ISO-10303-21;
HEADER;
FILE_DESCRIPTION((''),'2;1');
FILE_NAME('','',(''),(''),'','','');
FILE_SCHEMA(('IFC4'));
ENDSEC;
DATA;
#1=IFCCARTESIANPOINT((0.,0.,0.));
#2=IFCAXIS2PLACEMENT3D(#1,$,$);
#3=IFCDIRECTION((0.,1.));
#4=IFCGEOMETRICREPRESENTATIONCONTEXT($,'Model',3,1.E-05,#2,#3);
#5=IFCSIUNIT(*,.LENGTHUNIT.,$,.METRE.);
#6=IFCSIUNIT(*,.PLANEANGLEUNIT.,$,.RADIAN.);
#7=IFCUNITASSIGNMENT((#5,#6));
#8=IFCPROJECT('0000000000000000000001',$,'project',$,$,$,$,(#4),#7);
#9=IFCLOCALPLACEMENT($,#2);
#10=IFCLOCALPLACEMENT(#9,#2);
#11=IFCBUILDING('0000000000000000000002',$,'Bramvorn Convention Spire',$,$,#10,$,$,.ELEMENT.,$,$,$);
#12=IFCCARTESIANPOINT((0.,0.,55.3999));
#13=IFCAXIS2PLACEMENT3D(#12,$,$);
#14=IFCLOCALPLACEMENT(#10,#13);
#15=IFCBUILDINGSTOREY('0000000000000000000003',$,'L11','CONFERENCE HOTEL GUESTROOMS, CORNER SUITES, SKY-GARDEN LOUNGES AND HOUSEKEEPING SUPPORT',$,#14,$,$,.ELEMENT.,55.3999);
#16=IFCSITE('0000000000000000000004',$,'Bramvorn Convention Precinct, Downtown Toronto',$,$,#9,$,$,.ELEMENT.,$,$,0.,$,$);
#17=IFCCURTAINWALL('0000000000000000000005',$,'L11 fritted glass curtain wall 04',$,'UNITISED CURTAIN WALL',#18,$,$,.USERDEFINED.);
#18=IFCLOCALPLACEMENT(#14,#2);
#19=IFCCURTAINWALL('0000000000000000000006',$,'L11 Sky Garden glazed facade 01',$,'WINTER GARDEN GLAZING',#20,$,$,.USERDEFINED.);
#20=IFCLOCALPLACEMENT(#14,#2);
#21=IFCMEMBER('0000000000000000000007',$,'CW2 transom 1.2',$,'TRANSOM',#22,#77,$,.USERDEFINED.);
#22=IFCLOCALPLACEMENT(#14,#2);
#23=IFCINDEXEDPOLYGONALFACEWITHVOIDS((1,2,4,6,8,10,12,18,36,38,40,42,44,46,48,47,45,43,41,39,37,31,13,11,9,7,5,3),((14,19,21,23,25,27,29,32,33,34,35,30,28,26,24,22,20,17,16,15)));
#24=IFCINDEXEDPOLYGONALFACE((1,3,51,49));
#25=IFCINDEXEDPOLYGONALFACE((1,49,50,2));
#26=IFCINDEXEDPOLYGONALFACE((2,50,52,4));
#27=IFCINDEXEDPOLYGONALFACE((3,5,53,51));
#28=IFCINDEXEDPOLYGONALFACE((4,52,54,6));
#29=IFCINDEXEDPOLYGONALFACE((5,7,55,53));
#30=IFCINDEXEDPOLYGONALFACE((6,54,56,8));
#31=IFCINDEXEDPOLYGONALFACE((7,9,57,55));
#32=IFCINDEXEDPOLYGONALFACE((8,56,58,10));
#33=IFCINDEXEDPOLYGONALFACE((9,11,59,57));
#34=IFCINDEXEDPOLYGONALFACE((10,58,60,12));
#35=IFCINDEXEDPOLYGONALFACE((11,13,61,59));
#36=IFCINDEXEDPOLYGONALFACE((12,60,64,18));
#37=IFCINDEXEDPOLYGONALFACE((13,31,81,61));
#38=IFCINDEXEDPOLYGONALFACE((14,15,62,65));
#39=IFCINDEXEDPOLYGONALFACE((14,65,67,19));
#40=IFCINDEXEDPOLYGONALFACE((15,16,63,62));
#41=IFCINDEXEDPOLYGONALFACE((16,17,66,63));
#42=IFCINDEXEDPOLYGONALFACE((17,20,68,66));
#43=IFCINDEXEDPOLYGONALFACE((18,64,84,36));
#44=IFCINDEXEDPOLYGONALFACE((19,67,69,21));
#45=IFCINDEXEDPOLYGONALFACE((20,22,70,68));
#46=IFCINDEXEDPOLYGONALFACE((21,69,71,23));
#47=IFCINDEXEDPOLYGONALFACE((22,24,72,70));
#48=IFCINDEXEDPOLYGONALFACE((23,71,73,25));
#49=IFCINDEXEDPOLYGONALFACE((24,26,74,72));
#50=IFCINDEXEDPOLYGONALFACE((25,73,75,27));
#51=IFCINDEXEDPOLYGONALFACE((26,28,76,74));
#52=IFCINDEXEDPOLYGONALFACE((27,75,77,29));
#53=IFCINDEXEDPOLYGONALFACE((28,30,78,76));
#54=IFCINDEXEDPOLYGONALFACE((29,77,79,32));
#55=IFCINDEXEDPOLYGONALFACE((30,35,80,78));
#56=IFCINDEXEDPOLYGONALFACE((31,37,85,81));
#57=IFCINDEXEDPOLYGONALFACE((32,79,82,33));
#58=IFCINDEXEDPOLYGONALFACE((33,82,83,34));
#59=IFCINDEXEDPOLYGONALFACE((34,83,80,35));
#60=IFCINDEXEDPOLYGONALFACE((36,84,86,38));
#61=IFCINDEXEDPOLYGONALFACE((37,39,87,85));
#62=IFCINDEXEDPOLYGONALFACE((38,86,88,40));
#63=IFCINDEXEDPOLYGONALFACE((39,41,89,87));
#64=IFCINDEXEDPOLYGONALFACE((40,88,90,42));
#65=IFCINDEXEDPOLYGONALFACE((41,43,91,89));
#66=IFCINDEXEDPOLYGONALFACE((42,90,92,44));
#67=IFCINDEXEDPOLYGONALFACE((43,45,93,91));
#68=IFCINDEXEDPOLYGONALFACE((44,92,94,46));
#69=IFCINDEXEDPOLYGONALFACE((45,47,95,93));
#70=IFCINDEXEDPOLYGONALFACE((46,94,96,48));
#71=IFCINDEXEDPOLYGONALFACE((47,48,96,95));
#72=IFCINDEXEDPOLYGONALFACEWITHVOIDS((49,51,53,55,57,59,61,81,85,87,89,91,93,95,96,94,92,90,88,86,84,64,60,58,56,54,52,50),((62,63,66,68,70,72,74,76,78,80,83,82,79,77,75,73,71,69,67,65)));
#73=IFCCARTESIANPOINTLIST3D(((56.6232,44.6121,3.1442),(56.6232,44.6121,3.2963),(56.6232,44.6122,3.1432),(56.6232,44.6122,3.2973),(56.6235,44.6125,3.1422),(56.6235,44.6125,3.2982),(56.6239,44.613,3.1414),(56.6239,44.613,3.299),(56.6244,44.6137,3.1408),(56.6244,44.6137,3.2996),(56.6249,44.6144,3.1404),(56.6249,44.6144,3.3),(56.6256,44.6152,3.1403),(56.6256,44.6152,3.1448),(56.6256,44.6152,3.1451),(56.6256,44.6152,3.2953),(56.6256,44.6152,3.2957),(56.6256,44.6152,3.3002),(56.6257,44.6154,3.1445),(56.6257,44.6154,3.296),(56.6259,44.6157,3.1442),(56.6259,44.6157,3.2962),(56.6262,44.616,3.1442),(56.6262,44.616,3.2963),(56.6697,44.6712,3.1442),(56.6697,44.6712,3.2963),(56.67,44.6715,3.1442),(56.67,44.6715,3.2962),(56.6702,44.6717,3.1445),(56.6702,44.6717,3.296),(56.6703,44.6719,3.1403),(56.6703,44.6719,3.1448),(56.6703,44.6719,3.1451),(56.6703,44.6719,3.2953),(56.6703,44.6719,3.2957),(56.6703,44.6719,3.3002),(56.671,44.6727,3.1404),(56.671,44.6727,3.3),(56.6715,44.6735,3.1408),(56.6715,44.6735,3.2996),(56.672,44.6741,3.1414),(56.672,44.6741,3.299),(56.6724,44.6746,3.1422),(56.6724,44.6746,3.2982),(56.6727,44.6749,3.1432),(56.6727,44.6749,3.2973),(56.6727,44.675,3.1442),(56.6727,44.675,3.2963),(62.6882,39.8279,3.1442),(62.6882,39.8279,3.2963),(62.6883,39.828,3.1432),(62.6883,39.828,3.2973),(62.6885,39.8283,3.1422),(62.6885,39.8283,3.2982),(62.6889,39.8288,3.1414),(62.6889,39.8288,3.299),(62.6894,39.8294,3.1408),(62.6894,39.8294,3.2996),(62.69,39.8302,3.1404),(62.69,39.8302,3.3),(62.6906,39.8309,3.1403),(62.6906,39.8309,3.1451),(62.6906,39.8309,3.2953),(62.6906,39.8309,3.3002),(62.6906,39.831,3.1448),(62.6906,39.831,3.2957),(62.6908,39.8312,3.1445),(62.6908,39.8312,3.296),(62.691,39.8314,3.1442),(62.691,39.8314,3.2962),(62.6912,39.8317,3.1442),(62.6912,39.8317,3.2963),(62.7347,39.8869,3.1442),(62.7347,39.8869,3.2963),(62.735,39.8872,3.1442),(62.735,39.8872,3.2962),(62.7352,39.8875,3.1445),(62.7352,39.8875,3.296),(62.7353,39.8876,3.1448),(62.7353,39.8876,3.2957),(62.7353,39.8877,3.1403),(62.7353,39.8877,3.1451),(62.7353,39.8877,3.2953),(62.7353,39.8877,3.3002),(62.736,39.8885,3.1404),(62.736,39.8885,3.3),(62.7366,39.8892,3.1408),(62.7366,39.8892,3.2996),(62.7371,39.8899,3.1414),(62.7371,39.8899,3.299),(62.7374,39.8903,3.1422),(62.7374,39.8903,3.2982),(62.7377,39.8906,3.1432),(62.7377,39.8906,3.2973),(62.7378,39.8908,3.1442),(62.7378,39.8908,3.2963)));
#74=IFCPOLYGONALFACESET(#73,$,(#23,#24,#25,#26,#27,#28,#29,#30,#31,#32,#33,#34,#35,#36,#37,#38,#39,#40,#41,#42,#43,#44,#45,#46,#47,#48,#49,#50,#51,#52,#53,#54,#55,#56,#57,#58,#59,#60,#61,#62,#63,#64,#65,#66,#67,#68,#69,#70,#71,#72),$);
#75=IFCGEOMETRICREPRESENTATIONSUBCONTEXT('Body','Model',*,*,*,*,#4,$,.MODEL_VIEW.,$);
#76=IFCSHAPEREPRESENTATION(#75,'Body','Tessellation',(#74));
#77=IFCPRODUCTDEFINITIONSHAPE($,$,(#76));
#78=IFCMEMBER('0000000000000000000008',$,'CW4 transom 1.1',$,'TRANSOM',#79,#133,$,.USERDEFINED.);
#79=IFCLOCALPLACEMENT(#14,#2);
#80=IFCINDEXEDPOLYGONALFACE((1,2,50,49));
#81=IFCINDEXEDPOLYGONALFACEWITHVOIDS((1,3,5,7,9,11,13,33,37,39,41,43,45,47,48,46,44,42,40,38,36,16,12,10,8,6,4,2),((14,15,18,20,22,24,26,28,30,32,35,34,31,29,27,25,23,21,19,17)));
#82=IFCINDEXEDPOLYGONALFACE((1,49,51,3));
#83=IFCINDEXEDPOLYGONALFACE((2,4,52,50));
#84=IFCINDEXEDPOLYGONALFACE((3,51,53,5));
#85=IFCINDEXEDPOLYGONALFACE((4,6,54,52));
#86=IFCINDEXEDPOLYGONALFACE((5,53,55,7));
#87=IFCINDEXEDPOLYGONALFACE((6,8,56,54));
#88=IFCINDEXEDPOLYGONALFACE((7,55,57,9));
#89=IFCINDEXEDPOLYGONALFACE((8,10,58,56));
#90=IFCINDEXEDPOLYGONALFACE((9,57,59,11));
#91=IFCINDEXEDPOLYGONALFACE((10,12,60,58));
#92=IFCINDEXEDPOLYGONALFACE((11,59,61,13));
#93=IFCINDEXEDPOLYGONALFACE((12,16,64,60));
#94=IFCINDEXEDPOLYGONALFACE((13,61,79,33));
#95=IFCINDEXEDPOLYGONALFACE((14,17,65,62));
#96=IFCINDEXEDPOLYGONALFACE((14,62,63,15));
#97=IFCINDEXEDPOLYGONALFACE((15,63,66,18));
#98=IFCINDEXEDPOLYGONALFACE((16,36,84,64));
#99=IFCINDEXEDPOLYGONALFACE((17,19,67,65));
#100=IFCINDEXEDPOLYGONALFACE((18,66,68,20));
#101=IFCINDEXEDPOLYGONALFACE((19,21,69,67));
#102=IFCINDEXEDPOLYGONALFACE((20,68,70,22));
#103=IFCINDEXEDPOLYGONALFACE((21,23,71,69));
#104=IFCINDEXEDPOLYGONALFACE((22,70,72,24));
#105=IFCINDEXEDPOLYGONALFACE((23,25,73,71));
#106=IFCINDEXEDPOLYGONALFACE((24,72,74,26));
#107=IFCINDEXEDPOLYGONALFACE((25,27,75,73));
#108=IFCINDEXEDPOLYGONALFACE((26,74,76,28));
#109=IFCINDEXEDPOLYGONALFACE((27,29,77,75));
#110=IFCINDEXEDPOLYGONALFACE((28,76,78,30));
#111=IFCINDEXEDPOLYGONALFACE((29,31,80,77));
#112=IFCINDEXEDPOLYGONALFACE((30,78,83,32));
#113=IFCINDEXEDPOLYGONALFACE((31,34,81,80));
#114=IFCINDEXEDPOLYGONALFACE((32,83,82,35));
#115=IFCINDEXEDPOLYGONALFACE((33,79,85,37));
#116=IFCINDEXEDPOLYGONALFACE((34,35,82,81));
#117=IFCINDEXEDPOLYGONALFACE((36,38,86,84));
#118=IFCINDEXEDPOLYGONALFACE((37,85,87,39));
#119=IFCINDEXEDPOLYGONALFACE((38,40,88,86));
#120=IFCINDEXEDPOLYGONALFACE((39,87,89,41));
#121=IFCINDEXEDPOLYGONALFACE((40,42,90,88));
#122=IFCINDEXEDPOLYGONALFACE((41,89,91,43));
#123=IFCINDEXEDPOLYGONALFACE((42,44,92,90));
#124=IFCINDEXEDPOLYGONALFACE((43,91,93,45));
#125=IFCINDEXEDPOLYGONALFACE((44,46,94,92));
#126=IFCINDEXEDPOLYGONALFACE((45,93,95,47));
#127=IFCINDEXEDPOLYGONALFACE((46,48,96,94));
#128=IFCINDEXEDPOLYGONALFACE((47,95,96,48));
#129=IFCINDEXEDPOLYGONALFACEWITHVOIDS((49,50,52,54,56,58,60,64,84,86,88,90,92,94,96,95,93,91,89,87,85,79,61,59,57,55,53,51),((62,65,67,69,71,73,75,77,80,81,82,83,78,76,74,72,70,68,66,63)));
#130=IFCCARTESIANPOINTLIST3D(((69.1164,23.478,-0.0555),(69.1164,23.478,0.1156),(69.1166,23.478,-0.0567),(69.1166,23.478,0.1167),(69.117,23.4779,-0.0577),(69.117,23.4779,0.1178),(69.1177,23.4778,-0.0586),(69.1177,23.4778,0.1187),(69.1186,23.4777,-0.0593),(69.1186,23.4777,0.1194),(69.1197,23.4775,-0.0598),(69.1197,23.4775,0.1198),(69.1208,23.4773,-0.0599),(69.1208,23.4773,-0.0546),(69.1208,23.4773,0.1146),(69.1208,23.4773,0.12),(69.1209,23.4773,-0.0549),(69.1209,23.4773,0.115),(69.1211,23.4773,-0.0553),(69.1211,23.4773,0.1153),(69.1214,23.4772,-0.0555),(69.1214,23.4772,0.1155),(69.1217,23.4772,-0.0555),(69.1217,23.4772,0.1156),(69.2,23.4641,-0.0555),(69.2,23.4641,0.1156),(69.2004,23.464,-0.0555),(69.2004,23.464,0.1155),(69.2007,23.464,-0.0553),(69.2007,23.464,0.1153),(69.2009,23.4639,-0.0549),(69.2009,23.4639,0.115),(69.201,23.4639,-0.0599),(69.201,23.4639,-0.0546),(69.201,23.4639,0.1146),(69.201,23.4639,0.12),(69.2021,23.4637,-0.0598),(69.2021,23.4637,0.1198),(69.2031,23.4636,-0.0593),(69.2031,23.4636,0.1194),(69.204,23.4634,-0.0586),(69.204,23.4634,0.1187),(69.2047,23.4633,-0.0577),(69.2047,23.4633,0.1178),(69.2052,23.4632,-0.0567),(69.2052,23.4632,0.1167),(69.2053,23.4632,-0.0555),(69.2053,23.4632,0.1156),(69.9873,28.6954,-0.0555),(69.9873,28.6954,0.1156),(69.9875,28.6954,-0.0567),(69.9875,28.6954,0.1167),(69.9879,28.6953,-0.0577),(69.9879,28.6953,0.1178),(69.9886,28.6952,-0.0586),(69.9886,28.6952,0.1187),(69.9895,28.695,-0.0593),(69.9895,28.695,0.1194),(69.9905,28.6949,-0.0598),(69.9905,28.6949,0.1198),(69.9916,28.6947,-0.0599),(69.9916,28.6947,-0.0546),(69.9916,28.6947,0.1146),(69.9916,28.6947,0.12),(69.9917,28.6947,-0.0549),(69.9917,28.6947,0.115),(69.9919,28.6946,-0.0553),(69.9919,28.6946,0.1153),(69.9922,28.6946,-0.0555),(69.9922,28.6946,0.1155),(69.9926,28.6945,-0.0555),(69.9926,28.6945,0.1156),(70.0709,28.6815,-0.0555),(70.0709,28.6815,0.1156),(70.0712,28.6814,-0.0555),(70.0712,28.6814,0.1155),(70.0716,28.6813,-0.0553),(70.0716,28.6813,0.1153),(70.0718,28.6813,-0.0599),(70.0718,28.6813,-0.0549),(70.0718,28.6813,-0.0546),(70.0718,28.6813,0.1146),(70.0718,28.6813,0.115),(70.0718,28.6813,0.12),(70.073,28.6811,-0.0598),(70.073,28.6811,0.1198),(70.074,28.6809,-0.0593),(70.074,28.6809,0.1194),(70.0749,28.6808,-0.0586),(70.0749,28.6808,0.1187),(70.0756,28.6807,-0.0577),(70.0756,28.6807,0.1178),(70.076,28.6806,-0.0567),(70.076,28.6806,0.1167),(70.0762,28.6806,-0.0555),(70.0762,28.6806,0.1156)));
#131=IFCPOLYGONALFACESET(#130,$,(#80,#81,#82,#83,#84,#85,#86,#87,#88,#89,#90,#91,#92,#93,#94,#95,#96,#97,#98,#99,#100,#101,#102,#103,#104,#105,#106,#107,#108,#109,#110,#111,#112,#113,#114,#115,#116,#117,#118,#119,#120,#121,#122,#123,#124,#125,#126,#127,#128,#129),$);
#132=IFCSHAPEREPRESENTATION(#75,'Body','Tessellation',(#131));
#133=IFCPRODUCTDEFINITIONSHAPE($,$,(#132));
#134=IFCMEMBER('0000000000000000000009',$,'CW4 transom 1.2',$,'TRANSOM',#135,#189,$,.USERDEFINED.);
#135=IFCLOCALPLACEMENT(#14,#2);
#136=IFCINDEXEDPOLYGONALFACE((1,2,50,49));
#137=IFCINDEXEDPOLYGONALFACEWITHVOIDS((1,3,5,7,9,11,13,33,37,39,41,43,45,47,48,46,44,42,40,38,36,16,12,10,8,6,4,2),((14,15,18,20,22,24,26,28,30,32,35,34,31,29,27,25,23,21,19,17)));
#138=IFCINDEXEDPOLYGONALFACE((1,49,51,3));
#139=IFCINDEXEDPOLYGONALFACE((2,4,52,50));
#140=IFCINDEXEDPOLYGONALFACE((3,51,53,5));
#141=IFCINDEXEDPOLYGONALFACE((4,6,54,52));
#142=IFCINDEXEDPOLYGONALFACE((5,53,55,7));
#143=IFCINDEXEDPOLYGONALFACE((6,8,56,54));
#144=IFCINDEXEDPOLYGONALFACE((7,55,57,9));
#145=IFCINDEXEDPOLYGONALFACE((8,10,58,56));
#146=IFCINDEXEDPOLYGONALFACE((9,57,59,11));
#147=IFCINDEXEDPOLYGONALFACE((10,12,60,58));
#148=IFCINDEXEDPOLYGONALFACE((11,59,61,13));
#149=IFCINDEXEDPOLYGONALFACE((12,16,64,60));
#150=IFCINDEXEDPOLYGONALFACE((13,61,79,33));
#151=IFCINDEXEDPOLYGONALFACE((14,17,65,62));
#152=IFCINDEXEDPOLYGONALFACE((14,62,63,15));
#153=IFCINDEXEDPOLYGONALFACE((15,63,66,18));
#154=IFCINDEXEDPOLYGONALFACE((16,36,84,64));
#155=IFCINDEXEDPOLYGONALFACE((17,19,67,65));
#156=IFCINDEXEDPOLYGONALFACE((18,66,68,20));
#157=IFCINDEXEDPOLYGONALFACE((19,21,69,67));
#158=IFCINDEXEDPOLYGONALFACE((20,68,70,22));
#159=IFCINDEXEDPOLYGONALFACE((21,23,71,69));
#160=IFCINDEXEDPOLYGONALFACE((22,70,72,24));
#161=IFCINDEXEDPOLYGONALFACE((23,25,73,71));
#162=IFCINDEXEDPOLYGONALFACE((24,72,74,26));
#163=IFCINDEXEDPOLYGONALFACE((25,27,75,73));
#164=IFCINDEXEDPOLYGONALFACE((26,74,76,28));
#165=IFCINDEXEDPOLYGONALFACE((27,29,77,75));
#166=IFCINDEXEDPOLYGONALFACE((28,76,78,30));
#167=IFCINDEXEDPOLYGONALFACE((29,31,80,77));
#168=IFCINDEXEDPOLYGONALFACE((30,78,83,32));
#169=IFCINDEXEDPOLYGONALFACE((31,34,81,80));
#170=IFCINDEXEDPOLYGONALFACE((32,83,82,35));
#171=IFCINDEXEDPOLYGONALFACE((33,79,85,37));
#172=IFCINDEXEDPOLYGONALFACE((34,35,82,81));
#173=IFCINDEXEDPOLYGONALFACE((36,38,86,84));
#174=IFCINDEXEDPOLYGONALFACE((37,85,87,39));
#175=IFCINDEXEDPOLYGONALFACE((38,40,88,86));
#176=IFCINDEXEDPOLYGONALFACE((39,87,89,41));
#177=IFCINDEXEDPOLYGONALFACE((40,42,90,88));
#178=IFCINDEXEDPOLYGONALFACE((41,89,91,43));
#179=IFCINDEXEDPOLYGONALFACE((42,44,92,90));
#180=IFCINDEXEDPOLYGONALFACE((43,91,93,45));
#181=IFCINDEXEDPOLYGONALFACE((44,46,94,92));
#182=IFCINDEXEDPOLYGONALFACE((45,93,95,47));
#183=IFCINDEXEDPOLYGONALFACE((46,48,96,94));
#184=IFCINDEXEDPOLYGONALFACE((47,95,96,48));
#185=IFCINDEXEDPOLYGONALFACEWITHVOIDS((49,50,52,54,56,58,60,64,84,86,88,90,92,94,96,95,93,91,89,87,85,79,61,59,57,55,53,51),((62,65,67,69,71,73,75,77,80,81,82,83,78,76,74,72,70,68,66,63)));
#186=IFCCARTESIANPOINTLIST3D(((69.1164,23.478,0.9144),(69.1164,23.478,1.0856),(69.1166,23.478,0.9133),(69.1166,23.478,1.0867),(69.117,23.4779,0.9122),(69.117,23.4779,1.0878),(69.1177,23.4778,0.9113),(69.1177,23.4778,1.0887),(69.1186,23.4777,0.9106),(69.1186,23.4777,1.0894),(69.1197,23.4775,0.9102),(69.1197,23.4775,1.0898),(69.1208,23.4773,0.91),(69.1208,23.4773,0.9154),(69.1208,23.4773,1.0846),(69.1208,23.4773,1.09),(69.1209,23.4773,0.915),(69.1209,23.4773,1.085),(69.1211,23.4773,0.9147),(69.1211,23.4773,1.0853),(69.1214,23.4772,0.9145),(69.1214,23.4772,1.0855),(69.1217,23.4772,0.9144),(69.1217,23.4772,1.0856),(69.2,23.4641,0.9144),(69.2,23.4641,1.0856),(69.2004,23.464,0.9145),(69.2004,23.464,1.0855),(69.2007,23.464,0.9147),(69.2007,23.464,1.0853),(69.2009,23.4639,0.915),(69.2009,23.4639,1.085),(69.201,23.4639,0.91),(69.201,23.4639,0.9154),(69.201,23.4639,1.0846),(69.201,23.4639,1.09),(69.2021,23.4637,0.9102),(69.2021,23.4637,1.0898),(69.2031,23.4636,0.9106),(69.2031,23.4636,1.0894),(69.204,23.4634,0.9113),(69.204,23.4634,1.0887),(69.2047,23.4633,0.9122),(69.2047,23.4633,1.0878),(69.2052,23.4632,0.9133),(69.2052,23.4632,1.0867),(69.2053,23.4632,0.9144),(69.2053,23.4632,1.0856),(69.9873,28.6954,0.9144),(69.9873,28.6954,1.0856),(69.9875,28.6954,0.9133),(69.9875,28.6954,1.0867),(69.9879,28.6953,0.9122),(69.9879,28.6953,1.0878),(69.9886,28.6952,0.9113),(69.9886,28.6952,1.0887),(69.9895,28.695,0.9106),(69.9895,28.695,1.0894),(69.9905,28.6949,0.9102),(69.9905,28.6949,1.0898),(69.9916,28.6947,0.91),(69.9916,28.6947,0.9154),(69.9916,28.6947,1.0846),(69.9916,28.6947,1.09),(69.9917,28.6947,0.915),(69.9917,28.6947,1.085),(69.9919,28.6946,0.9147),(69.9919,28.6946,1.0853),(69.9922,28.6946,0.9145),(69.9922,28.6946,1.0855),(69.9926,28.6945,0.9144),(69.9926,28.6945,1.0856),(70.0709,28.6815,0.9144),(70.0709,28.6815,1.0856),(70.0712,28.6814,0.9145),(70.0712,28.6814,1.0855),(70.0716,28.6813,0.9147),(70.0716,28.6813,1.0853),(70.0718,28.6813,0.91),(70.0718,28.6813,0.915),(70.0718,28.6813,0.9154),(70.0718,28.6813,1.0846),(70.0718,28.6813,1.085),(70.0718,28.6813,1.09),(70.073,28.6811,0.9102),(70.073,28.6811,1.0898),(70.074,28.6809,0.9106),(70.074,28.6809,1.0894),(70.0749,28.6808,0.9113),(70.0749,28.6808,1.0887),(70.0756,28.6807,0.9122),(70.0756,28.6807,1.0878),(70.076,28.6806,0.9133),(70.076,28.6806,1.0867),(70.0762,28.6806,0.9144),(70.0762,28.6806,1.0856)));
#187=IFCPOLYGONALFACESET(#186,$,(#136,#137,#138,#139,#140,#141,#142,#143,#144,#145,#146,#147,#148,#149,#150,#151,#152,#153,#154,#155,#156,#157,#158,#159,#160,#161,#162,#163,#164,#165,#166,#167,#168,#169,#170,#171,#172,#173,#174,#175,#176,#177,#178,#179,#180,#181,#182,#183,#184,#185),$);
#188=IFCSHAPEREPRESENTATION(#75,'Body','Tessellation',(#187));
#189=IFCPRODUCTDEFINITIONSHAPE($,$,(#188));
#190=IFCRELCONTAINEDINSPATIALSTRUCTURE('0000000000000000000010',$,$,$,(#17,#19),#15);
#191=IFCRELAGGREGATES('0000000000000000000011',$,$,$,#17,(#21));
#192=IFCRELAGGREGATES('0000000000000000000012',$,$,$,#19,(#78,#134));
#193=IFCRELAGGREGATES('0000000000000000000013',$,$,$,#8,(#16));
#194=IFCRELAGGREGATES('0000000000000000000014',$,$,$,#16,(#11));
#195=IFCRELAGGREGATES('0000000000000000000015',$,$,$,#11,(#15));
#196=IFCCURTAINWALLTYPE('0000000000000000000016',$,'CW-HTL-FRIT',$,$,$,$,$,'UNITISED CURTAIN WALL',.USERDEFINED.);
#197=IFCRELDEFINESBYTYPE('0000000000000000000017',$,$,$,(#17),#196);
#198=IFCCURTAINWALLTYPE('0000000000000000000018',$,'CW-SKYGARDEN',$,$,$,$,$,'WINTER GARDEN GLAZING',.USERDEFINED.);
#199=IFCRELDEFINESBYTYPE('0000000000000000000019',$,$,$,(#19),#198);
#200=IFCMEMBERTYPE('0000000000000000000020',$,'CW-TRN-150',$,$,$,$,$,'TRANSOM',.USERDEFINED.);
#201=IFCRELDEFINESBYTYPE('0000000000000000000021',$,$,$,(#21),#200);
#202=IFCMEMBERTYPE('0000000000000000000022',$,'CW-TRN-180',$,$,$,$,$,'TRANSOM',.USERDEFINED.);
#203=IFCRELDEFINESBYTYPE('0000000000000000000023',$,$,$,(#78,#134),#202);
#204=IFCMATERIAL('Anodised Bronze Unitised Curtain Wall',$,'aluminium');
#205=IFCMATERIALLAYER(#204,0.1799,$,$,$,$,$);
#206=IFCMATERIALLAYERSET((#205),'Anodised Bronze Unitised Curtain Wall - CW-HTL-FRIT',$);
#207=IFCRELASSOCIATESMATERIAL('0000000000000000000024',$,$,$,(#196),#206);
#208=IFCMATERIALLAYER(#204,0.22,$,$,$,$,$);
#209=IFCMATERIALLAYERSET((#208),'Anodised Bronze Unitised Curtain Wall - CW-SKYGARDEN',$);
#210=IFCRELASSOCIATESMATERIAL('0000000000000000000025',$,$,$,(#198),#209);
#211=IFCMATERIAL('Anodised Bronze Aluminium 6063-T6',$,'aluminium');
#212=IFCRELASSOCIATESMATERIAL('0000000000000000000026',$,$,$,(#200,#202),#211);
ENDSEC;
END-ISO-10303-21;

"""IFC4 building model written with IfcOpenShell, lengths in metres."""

from ifc_helpers import new_model, si_unit, direction, frame, origin, origin_2d, place, context, subcontext, project, spatial, hollow_rectangle, extrude, material, layer, layer_set, material_profile, profile_set, type_object, element, aggregate, save


model = new_model("IFC4")

# Units and contexts
model_context = context("Model", 3, precision=1e-05, world=origin(), true_north=direction((0.0, 1.0)))
body_context = subcontext(model_context, "Body", "Model", "MODEL_VIEW")
ifc_project = project(units=[si_unit("LENGTHUNIT", "METRE"), si_unit("PLANEANGLEUNIT", "RADIAN")], contexts=[model_context])

# Site, building, storey
site_placement = place(None, origin())
site = spatial("IfcSite", under=ifc_project, at=site_placement, Name="Bramvorn Convention Precinct, Downtown Toronto", CompositionType="ELEMENT", RefElevation=0.0)
building_placement = place(site_placement, origin())
building = spatial("IfcBuilding", under=site, at=building_placement, Name="Bramvorn Convention Spire", CompositionType="ELEMENT")
storey_placement = place(building_placement, frame((0.0, 0.0, 55.3999)))
storey = spatial("IfcBuildingStorey", under=building, at=storey_placement, Name="L11", Description="CONFERENCE HOTEL GUESTROOMS, CORNER SUITES, SKY-GARDEN LOUNGES AND HOUSEKEEPING SUPPORT", CompositionType="ELEMENT", Elevation=55.3999)

# Curtain walls
ifc_material_1 = material(Name="Anodised Bronze Unitised Curtain Wall", Category="aluminium")
ifc_layer_1 = layer(ifc_material_1, 0.1799)
ifc_layer_set_1 = layer_set([ifc_layer_1], Name="Anodised Bronze Unitised Curtain Wall - CW-HTL-FRIT")
curtain_wall_type_1 = type_object("IfcCurtainWallType", Name="CW-HTL-FRIT", ElementType="UNITISED CURTAIN WALL", PredefinedType="USERDEFINED", material=ifc_layer_set_1)
ifc_material_2 = material(Name="Anodised Bronze Aluminium 6063-T6", Category="aluminium")
curtain_wall_1_placement = place(storey_placement, origin())
curtain_wall_1 = element("IfcCurtainWall", 1, at=curtain_wall_1_placement, inside=storey, type_object=curtain_wall_type_1, Name="L11 fritted glass curtain wall 04", ObjectType="UNITISED CURTAIN WALL", PredefinedType="USERDEFINED")
ifc_layer_2 = layer(ifc_material_1, 0.22)
ifc_layer_set_2 = layer_set([ifc_layer_2], Name="Anodised Bronze Unitised Curtain Wall - CW-SKYGARDEN")
curtain_wall_type_2 = type_object("IfcCurtainWallType", Name="CW-SKYGARDEN", ElementType="WINTER GARDEN GLAZING", PredefinedType="USERDEFINED", material=ifc_layer_set_2)
curtain_wall_2_placement = place(storey_placement, origin())
curtain_wall_2 = element("IfcCurtainWall", 2, at=curtain_wall_2_placement, inside=storey, type_object=curtain_wall_type_2, Name="L11 Sky Garden glazed facade 01", ObjectType="WINTER GARDEN GLAZING", PredefinedType="USERDEFINED")

# Members
ifc_material_profile_1 = material_profile(ifc_material_2, hollow_rectangle(XDim=0.0801, YDim=0.1599, WallThickness=0.0039, InnerFilletRadius=0.001, OuterFilletRadius=0.0039, at=origin_2d()))
ifc_profile_set_1 = profile_set([ifc_material_profile_1], Name="Anodised Bronze Aluminium 6063-T6 - CWT80X160")
member_type_1 = type_object("IfcMemberType", Name="CW-TRN-150", ElementType="TRANSOM", PredefinedType="USERDEFINED", material=ifc_profile_set_1)
member_1_placement = place(storey_placement, frame((56.6479, 44.6436, 3.2202), z_axis=(0.78513, -0.619331, 0.0), x_axis=(0.619331, 0.78513, 0.0)))
member_1 = element("IfcMember", 3, at=member_1_placement, type_object=member_type_1, Name="CW2 transom 1.2", ObjectType="TRANSOM", PredefinedType="USERDEFINED", context=body_context, shape_type="SweptSolid", body=[
    extrude(hollow_rectangle(XDim=0.0801, YDim=0.1599, WallThickness=0.0039, InnerFilletRadius=0.001, OuterFilletRadius=0.0039, at=origin_2d()), origin(), (0.0, 0.0, 1.0), 7.7249),
])
ifc_material_profile_2 = material_profile(ifc_material_2, hollow_rectangle(XDim=0.0901, YDim=0.1799, WallThickness=0.0044, InnerFilletRadius=0.001, OuterFilletRadius=0.0044, at=origin_2d()))
ifc_profile_set_2 = profile_set([ifc_material_profile_2], Name="Anodised Bronze Aluminium 6063-T6 - CWT90X180")
member_type_2 = type_object("IfcMemberType", Name="CW-TRN-180", ElementType="TRANSOM", PredefinedType="USERDEFINED", material=ifc_profile_set_2)
member_2_placement = place(storey_placement, frame((70.0317, 28.688, 0.03), z_axis=(-0.164638, -0.986354, 0.0), x_axis=(0.986354, -0.164638, 0.0)))
member_2 = element("IfcMember", 4, at=member_2_placement, type_object=member_type_2, Name="CW4 transom 1.1", ObjectType="TRANSOM", PredefinedType="USERDEFINED", context=body_context, shape_type="SweptSolid", body=[
    extrude(hollow_rectangle(XDim=0.0901, YDim=0.1799, WallThickness=0.0044, InnerFilletRadius=0.001, OuterFilletRadius=0.0044, at=origin_2d()), origin(), (0.0, 0.0, 1.0), 5.2896),
])
member_3_placement = place(storey_placement, frame((70.0317, 28.688, 1.0), z_axis=(-0.164638, -0.986354, 0.0), x_axis=(0.986354, -0.164638, 0.0)))
member_3 = element("IfcMember", 5, at=member_3_placement, type_object=member_type_2, Name="CW4 transom 1.2", ObjectType="TRANSOM", PredefinedType="USERDEFINED", context=body_context, shape_type="SweptSolid", body=[
    extrude(hollow_rectangle(XDim=0.0901, YDim=0.1799, WallThickness=0.0044, InnerFilletRadius=0.001, OuterFilletRadius=0.0044, at=origin_2d()), origin(), (0.0, 0.0, 1.0), 5.2896),
])

aggregate(curtain_wall_1, [member_1])
aggregate(curtain_wall_2, [member_2, member_3])

save(model, "model.ifc")
